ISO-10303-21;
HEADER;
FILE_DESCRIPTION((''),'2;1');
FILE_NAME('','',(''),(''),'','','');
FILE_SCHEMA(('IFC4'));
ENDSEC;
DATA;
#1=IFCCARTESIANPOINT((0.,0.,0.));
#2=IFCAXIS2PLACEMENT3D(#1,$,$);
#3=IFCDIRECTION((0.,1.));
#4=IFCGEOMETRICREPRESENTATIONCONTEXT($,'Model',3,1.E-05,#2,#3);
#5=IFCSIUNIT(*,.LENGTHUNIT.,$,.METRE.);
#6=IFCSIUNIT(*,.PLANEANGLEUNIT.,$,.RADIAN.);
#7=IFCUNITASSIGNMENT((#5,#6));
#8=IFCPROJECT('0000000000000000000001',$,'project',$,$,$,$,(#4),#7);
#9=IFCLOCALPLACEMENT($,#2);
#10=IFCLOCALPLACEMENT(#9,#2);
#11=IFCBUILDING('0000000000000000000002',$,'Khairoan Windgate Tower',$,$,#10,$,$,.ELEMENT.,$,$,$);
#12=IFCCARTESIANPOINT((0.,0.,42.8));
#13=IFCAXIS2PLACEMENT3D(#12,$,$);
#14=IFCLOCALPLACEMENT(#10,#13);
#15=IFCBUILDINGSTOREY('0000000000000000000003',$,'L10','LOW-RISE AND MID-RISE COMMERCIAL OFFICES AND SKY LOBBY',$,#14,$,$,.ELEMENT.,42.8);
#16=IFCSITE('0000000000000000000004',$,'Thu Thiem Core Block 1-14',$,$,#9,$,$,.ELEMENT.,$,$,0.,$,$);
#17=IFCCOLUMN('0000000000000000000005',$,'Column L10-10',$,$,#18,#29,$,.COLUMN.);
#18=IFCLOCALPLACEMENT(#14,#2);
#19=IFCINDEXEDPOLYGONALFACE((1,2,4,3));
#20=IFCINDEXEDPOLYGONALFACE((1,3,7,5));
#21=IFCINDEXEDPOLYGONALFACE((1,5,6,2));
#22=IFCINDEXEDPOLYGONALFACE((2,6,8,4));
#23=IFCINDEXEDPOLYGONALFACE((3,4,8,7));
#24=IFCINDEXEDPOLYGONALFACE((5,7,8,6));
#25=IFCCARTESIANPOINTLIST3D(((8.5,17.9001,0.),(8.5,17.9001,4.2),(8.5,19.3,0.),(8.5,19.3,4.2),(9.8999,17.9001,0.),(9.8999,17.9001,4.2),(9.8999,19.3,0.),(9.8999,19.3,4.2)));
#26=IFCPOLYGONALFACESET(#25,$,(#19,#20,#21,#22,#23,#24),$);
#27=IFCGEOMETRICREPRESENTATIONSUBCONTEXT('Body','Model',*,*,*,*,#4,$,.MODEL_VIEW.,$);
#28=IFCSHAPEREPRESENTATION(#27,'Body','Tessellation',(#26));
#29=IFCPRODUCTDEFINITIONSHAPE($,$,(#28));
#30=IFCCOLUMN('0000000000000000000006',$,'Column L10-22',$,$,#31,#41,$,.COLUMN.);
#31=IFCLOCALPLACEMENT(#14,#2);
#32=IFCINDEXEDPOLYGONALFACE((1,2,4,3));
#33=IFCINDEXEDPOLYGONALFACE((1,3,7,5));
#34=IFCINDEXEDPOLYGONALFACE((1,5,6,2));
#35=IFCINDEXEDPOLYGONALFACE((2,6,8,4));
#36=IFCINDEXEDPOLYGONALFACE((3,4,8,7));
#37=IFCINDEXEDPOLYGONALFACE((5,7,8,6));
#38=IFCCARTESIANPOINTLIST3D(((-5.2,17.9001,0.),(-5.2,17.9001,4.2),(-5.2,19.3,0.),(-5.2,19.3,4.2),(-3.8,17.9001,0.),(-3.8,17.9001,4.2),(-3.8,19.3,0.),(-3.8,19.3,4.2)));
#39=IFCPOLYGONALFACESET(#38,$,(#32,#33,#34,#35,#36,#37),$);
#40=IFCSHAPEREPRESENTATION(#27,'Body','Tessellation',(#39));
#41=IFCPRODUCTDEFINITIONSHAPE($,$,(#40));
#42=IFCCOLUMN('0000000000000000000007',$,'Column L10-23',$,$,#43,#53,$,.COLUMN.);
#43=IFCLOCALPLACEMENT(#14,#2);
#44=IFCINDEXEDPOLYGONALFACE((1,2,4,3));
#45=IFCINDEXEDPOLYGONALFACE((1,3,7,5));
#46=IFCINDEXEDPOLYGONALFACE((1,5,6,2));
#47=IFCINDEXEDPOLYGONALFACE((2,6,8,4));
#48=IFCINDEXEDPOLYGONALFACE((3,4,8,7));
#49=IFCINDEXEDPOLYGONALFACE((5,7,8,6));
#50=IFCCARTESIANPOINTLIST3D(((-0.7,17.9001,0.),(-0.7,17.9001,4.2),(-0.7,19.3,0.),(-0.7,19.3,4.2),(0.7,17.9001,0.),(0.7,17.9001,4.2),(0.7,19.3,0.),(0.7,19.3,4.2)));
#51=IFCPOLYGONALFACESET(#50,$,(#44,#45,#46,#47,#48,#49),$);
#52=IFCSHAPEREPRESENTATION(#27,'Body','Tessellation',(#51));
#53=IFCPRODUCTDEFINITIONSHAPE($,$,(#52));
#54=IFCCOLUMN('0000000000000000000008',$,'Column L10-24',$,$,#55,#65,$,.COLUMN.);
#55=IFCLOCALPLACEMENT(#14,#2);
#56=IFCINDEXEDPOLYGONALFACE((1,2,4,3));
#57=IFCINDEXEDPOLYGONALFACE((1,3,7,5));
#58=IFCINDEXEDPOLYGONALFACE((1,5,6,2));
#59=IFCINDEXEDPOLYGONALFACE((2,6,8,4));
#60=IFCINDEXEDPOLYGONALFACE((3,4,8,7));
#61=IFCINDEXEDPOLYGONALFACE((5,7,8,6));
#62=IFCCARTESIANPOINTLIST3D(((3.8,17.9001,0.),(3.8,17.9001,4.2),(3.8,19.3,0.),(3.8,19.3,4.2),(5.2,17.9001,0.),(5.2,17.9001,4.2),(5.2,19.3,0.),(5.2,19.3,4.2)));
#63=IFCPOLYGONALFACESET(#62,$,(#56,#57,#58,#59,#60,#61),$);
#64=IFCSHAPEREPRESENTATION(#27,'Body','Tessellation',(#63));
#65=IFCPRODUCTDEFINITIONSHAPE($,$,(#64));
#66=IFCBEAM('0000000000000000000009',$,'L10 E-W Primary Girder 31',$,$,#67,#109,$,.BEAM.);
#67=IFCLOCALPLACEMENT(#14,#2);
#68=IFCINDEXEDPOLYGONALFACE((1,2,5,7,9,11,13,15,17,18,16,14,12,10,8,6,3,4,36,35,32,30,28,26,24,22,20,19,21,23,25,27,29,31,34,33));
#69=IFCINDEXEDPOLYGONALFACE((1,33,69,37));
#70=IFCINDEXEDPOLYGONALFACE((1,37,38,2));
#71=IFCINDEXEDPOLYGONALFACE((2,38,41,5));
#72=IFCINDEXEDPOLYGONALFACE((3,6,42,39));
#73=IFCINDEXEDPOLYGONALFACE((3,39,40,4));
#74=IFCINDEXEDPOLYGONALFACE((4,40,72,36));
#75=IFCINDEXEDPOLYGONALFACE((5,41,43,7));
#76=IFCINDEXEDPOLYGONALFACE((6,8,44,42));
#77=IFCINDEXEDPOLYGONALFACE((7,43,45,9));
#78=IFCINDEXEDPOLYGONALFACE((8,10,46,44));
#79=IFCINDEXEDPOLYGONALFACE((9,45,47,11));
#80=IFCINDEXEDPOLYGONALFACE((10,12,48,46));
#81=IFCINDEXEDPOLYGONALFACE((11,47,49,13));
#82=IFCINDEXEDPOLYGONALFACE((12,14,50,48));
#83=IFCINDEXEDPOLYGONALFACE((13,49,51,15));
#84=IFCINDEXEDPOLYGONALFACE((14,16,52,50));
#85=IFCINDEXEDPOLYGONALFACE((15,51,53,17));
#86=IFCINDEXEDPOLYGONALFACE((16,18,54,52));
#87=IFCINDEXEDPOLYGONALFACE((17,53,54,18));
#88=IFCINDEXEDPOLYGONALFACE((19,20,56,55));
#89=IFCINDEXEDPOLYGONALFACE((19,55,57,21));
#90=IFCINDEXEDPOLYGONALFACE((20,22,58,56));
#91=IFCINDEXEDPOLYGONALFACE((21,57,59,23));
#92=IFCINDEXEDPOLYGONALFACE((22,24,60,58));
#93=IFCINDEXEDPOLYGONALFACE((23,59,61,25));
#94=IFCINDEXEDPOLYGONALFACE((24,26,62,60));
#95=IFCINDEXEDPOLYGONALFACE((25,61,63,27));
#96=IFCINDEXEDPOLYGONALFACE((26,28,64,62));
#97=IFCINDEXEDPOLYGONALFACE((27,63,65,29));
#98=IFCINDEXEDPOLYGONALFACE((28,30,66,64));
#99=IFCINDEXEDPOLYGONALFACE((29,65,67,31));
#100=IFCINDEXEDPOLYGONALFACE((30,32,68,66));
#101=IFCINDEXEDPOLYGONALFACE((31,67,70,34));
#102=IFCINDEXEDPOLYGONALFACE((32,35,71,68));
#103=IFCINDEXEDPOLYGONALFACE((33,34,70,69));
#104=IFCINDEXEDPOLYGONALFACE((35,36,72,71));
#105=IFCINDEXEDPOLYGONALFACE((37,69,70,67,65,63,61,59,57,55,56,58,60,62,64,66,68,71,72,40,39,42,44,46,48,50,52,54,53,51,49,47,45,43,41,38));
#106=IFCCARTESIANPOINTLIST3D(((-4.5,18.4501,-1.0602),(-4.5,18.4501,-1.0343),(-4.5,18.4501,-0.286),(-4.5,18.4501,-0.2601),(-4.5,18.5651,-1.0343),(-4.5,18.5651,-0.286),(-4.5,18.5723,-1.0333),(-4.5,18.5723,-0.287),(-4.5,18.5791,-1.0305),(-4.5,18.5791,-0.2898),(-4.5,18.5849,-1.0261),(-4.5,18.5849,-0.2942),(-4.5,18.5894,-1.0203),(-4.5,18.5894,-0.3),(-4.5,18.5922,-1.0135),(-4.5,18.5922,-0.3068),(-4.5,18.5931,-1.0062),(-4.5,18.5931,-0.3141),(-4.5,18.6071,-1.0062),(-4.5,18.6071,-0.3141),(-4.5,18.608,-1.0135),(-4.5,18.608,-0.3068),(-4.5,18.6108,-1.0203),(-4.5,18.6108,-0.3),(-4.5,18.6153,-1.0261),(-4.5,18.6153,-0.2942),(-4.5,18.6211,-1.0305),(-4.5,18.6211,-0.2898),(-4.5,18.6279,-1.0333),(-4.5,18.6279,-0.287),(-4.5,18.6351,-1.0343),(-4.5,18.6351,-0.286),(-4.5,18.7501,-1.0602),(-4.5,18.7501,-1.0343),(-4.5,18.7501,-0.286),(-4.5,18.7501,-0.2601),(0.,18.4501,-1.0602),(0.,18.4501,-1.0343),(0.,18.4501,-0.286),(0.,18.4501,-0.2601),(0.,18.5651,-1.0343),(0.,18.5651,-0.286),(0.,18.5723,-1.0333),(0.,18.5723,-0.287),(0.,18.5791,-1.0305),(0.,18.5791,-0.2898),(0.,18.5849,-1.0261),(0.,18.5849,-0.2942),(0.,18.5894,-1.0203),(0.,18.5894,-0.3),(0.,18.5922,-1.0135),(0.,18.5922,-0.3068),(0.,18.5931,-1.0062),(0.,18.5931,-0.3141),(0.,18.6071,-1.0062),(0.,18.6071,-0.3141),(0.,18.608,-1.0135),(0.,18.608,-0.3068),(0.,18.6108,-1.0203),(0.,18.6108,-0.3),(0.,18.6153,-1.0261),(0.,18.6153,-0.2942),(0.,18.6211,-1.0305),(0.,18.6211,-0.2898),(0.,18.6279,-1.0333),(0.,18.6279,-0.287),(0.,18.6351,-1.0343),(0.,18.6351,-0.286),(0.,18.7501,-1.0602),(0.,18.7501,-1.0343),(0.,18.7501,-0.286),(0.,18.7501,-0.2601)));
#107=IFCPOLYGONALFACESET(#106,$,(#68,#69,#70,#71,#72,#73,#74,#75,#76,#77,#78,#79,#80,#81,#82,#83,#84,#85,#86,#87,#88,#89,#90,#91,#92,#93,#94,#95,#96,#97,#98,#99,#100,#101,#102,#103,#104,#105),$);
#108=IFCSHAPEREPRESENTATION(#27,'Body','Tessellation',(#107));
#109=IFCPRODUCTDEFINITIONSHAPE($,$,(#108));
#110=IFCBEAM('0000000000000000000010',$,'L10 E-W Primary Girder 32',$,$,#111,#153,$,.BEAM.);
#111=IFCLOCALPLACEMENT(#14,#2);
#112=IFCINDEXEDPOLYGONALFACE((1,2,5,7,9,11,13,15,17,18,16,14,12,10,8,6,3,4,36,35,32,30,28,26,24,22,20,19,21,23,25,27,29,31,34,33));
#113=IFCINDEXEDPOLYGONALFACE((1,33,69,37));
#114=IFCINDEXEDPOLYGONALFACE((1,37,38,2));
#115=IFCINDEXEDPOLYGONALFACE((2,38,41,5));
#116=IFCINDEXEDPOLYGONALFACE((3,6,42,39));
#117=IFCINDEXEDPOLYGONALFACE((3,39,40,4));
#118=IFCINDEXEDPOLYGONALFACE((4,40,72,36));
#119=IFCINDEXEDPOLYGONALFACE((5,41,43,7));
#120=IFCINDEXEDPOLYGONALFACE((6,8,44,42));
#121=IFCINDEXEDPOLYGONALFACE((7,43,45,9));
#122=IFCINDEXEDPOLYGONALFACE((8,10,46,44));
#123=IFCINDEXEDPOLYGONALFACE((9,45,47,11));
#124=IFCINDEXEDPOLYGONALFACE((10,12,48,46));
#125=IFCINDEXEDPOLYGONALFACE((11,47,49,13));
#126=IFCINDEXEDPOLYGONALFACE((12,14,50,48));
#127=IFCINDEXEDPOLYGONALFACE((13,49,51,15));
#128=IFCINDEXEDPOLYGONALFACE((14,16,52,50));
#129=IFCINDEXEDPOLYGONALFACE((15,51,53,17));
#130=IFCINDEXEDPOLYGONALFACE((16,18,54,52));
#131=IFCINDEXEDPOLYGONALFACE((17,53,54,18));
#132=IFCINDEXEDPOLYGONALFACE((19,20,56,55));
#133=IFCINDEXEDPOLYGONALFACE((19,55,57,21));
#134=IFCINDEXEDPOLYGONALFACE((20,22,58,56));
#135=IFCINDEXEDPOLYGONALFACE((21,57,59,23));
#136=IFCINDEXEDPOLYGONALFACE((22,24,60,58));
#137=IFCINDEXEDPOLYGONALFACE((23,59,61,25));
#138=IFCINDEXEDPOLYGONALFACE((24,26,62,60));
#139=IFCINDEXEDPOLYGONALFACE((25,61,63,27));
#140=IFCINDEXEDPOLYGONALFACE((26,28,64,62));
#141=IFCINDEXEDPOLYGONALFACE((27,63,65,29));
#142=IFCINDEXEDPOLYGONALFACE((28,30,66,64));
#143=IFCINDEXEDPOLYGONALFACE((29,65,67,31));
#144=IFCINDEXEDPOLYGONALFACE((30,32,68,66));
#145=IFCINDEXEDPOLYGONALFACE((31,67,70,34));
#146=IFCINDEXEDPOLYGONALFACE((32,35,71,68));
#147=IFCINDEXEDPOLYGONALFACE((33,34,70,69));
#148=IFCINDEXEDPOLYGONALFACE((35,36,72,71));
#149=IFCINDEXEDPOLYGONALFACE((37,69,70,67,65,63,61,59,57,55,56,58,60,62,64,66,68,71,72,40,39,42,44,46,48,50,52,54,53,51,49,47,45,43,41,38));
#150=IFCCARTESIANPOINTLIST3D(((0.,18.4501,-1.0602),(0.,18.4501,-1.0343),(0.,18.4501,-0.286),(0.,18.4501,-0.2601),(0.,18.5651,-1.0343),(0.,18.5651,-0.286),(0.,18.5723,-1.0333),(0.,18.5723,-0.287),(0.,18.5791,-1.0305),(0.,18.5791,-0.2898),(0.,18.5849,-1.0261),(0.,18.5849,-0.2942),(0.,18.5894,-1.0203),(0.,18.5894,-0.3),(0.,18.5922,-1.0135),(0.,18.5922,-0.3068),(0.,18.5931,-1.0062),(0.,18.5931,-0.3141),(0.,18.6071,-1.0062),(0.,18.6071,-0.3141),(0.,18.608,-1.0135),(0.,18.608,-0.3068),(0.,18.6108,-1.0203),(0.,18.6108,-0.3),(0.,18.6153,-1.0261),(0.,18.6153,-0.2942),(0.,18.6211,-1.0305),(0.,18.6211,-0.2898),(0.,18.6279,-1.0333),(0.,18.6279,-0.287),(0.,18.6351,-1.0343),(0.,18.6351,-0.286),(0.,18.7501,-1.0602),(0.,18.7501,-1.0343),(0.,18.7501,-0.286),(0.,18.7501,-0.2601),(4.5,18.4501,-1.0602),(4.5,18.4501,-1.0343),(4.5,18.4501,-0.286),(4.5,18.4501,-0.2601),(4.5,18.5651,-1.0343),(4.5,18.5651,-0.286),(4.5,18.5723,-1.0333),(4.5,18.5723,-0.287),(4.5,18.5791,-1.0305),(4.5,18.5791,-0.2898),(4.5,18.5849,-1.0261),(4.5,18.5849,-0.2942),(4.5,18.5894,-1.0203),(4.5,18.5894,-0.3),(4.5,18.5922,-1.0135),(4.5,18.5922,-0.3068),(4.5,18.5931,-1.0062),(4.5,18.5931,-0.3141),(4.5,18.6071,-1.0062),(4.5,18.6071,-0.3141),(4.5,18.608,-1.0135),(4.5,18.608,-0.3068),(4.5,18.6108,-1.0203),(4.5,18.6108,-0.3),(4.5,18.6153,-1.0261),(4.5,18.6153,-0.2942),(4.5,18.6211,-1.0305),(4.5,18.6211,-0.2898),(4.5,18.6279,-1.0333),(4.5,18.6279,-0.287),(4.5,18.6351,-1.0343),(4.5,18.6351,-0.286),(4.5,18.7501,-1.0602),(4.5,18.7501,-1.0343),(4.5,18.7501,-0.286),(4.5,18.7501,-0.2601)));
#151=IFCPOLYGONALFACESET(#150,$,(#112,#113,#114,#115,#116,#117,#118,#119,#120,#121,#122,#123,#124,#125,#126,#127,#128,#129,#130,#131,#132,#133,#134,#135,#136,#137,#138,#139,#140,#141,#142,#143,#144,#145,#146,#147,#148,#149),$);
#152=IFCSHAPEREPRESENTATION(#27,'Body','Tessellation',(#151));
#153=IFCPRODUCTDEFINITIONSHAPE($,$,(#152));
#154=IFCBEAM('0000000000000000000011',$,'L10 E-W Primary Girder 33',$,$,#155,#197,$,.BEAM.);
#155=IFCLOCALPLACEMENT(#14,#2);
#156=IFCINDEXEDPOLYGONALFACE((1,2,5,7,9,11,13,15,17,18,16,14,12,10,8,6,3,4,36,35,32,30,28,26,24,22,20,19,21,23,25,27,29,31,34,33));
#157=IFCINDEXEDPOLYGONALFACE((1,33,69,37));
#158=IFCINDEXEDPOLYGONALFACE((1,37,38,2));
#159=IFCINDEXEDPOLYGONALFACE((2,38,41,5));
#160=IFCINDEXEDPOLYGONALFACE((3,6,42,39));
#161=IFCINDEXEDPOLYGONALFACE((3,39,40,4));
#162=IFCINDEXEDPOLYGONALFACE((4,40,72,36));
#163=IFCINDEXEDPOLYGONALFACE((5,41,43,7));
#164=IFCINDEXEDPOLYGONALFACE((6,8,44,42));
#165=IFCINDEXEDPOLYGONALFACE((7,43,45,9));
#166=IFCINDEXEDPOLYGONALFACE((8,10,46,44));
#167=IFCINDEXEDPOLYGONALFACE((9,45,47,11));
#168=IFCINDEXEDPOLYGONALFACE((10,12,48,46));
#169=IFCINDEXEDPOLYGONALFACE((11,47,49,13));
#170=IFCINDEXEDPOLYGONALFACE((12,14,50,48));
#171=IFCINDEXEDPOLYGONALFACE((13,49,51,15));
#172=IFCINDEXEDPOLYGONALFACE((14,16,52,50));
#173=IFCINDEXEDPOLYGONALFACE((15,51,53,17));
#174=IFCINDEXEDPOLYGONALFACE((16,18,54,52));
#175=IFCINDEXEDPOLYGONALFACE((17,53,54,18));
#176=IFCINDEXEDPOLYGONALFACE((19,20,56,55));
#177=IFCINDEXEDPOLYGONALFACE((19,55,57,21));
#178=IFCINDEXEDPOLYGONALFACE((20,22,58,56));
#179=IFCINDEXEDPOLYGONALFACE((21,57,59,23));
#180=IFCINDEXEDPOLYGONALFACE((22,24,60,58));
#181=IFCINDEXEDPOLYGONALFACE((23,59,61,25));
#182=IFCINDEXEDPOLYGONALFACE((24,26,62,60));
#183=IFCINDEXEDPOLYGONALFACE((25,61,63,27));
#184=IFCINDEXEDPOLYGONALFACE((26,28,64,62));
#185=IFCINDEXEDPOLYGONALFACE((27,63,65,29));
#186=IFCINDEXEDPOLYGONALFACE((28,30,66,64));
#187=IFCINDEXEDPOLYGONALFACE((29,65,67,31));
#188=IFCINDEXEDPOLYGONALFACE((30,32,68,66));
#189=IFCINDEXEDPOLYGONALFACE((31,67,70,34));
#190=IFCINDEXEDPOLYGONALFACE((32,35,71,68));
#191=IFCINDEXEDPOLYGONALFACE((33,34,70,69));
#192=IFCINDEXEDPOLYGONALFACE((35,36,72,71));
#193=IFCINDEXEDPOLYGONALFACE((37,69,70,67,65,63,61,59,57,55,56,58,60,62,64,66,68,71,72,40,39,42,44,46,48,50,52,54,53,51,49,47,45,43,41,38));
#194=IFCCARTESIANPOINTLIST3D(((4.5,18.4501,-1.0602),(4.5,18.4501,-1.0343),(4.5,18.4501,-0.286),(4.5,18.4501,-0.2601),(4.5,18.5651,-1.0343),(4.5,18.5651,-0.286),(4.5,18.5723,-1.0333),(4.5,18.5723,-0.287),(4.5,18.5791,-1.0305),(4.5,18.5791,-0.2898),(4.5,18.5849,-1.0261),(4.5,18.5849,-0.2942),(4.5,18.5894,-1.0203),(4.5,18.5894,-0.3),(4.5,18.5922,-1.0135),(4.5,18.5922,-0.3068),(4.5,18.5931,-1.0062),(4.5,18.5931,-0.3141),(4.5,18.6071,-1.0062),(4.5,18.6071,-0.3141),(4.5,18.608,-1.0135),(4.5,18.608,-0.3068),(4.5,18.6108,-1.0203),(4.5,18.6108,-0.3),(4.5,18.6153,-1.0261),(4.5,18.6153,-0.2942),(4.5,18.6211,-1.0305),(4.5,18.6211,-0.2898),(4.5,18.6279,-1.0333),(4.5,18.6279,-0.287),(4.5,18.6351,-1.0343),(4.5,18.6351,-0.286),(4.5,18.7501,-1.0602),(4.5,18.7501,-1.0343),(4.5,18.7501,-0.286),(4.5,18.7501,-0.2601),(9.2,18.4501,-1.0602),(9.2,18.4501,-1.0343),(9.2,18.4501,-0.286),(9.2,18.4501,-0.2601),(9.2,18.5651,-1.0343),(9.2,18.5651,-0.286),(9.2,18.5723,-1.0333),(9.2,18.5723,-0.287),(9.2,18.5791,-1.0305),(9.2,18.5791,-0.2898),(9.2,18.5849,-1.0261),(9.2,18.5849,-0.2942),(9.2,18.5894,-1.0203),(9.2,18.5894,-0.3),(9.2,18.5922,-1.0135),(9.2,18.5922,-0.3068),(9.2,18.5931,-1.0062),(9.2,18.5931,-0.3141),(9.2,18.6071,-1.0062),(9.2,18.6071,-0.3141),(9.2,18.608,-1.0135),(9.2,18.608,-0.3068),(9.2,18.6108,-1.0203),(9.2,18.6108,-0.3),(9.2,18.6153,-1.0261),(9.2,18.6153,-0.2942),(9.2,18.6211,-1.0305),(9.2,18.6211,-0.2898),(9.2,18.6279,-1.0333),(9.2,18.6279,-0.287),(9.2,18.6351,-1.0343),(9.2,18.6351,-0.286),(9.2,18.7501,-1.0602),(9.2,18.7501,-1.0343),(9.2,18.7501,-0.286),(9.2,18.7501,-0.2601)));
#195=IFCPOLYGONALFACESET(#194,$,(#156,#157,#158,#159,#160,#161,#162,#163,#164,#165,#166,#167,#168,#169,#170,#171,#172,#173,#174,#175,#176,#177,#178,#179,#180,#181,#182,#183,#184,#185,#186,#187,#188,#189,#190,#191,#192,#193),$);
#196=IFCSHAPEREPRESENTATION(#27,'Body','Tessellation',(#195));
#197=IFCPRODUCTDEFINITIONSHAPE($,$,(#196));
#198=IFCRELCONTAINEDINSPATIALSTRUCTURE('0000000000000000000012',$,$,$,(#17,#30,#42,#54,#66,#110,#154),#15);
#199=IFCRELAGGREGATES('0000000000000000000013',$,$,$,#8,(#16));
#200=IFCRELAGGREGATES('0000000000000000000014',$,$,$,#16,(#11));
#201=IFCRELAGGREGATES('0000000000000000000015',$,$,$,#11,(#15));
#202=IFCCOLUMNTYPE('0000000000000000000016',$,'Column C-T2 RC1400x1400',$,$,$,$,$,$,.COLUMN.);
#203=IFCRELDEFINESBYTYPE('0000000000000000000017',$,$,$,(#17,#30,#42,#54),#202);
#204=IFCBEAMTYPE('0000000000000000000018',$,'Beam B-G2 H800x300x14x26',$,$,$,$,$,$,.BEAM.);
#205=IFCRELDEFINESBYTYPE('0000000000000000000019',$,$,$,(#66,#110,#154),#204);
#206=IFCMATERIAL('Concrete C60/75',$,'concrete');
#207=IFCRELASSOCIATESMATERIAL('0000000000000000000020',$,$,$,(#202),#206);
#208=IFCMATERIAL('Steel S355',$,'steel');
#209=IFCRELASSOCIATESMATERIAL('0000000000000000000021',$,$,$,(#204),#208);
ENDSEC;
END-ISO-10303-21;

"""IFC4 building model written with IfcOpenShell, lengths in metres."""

from ifc_helpers import new_model, si_unit, direction, frame, origin, origin_2d, place, context, subcontext, project, spatial, rectangle, i_section, extrude, material, material_profile, profile_set, type_object, element, save


model = new_model("IFC4")

# Units and contexts
model_context = context("Model", 3, precision=1e-05, world=origin(), true_north=direction((0.0, 1.0)))
body_context = subcontext(model_context, "Body", "Model", "MODEL_VIEW")
ifc_project = project(units=[si_unit("LENGTHUNIT", "METRE"), si_unit("PLANEANGLEUNIT", "RADIAN")], contexts=[model_context])

# Site, building, storey
site_placement = place(None, origin())
site = spatial("IfcSite", under=ifc_project, at=site_placement, Name="Thu Thiem Core Block 1-14", CompositionType="ELEMENT", RefElevation=0.0)
building_placement = place(site_placement, origin())
building = spatial("IfcBuilding", under=site, at=building_placement, Name="Khairoan Windgate Tower", CompositionType="ELEMENT")
storey_placement = place(building_placement, frame((0.0, 0.0, 42.8)))
storey = spatial("IfcBuildingStorey", under=building, at=storey_placement, Name="L10", Description="LOW-RISE AND MID-RISE COMMERCIAL OFFICES AND SKY LOBBY", CompositionType="ELEMENT", Elevation=42.8)

# Columns
ifc_material_1 = material(Name="Concrete C60/75", Category="concrete")
ifc_material_profile_1 = material_profile(ifc_material_1, rectangle(XDim=1.3999, YDim=1.3999, at=origin_2d()))
ifc_profile_set_1 = profile_set([ifc_material_profile_1], Name="Concrete C60/75")
column_type = type_object("IfcColumnType", Name="Column C-T2 RC1400x1400", PredefinedType="COLUMN", material=ifc_profile_set_1)
for number, where, z_axis, x_axis, name in (
    (1, (9.2, 18.6001, 0.0), (0.0, 0.0, 1.0), (1.0, 0.0, 0.0), "Column L10-10"),
    (2, (-4.5, 18.6001, 0.0), (0.0, 0.0, 1.0), (1.0, 0.0, 0.0), "Column L10-22"),
    (3, (0.0, 18.6001, 0.0), (0.0, 0.0, 1.0), (1.0, 0.0, 0.0), "Column L10-23"),
    (4, (4.5, 18.6001, 0.0), (0.0, 0.0, 1.0), (1.0, 0.0, 0.0), "Column L10-24"),
):
    element("IfcColumn", number, at=place(storey_placement, frame(where, z_axis=z_axis, x_axis=x_axis)), inside=storey, type_object=column_type, Name=name, PredefinedType="COLUMN", context=body_context, shape_type="SweptSolid", body=[
        extrude(rectangle(XDim=1.3999, YDim=1.3999, at=origin_2d()), origin(), (0.0, 0.0, 1.0), 4.2),
    ])

# Beams
ifc_material_2 = material(Name="Steel S355", Category="steel")
ifc_material_profile_2 = material_profile(ifc_material_2, i_section(OverallWidth=0.3, OverallDepth=0.8, WebThickness=0.0139, FlangeThickness=0.0259, FilletRadius=0.0281, at=origin_2d()))
ifc_profile_set_2 = profile_set([ifc_material_profile_2], Name="Steel S355")
beam_type_1 = type_object("IfcBeamType", Name="Beam B-G2 H800x300x14x26", PredefinedType="BEAM", material=ifc_profile_set_2)
for number, where, z_axis, x_axis, name in (
    (5, (-4.5, 18.6001, -0.6602), (1.0, 0.0, 0.0), (0.0, 1.0, 0.0), "L10 E-W Primary Girder 31"),
    (6, (0.0, 18.6001, -0.6602), (1.0, 0.0, 0.0), (0.0, 1.0, 0.0), "L10 E-W Primary Girder 32"),
):
    element("IfcBeam", number, at=place(storey_placement, frame(where, z_axis=z_axis, x_axis=x_axis)), inside=storey, type_object=beam_type_1, Name=name, PredefinedType="BEAM", context=body_context, shape_type="SweptSolid", body=[
        extrude(i_section(OverallWidth=0.3, OverallDepth=0.8, WebThickness=0.0139, FlangeThickness=0.0259, FilletRadius=0.0281, at=origin_2d()), origin(), (0.0, 0.0, 1.0), 4.5),
    ])
beam_1_placement = place(storey_placement, frame((4.5, 18.6001, -0.6602), z_axis=(1.0, 0.0, 0.0), x_axis=(0.0, 1.0, 0.0)))
element("IfcBeam", 7, at=beam_1_placement, inside=storey, type_object=beam_type_1, Name="L10 E-W Primary Girder 33", PredefinedType="BEAM", context=body_context, shape_type="SweptSolid", body=[
    extrude(i_section(OverallWidth=0.3, OverallDepth=0.8, WebThickness=0.0139, FlangeThickness=0.0259, FilletRadius=0.0281, at=origin_2d()), origin(), (0.0, 0.0, 1.0), 4.7),
])

save(model, "model.ifc")
